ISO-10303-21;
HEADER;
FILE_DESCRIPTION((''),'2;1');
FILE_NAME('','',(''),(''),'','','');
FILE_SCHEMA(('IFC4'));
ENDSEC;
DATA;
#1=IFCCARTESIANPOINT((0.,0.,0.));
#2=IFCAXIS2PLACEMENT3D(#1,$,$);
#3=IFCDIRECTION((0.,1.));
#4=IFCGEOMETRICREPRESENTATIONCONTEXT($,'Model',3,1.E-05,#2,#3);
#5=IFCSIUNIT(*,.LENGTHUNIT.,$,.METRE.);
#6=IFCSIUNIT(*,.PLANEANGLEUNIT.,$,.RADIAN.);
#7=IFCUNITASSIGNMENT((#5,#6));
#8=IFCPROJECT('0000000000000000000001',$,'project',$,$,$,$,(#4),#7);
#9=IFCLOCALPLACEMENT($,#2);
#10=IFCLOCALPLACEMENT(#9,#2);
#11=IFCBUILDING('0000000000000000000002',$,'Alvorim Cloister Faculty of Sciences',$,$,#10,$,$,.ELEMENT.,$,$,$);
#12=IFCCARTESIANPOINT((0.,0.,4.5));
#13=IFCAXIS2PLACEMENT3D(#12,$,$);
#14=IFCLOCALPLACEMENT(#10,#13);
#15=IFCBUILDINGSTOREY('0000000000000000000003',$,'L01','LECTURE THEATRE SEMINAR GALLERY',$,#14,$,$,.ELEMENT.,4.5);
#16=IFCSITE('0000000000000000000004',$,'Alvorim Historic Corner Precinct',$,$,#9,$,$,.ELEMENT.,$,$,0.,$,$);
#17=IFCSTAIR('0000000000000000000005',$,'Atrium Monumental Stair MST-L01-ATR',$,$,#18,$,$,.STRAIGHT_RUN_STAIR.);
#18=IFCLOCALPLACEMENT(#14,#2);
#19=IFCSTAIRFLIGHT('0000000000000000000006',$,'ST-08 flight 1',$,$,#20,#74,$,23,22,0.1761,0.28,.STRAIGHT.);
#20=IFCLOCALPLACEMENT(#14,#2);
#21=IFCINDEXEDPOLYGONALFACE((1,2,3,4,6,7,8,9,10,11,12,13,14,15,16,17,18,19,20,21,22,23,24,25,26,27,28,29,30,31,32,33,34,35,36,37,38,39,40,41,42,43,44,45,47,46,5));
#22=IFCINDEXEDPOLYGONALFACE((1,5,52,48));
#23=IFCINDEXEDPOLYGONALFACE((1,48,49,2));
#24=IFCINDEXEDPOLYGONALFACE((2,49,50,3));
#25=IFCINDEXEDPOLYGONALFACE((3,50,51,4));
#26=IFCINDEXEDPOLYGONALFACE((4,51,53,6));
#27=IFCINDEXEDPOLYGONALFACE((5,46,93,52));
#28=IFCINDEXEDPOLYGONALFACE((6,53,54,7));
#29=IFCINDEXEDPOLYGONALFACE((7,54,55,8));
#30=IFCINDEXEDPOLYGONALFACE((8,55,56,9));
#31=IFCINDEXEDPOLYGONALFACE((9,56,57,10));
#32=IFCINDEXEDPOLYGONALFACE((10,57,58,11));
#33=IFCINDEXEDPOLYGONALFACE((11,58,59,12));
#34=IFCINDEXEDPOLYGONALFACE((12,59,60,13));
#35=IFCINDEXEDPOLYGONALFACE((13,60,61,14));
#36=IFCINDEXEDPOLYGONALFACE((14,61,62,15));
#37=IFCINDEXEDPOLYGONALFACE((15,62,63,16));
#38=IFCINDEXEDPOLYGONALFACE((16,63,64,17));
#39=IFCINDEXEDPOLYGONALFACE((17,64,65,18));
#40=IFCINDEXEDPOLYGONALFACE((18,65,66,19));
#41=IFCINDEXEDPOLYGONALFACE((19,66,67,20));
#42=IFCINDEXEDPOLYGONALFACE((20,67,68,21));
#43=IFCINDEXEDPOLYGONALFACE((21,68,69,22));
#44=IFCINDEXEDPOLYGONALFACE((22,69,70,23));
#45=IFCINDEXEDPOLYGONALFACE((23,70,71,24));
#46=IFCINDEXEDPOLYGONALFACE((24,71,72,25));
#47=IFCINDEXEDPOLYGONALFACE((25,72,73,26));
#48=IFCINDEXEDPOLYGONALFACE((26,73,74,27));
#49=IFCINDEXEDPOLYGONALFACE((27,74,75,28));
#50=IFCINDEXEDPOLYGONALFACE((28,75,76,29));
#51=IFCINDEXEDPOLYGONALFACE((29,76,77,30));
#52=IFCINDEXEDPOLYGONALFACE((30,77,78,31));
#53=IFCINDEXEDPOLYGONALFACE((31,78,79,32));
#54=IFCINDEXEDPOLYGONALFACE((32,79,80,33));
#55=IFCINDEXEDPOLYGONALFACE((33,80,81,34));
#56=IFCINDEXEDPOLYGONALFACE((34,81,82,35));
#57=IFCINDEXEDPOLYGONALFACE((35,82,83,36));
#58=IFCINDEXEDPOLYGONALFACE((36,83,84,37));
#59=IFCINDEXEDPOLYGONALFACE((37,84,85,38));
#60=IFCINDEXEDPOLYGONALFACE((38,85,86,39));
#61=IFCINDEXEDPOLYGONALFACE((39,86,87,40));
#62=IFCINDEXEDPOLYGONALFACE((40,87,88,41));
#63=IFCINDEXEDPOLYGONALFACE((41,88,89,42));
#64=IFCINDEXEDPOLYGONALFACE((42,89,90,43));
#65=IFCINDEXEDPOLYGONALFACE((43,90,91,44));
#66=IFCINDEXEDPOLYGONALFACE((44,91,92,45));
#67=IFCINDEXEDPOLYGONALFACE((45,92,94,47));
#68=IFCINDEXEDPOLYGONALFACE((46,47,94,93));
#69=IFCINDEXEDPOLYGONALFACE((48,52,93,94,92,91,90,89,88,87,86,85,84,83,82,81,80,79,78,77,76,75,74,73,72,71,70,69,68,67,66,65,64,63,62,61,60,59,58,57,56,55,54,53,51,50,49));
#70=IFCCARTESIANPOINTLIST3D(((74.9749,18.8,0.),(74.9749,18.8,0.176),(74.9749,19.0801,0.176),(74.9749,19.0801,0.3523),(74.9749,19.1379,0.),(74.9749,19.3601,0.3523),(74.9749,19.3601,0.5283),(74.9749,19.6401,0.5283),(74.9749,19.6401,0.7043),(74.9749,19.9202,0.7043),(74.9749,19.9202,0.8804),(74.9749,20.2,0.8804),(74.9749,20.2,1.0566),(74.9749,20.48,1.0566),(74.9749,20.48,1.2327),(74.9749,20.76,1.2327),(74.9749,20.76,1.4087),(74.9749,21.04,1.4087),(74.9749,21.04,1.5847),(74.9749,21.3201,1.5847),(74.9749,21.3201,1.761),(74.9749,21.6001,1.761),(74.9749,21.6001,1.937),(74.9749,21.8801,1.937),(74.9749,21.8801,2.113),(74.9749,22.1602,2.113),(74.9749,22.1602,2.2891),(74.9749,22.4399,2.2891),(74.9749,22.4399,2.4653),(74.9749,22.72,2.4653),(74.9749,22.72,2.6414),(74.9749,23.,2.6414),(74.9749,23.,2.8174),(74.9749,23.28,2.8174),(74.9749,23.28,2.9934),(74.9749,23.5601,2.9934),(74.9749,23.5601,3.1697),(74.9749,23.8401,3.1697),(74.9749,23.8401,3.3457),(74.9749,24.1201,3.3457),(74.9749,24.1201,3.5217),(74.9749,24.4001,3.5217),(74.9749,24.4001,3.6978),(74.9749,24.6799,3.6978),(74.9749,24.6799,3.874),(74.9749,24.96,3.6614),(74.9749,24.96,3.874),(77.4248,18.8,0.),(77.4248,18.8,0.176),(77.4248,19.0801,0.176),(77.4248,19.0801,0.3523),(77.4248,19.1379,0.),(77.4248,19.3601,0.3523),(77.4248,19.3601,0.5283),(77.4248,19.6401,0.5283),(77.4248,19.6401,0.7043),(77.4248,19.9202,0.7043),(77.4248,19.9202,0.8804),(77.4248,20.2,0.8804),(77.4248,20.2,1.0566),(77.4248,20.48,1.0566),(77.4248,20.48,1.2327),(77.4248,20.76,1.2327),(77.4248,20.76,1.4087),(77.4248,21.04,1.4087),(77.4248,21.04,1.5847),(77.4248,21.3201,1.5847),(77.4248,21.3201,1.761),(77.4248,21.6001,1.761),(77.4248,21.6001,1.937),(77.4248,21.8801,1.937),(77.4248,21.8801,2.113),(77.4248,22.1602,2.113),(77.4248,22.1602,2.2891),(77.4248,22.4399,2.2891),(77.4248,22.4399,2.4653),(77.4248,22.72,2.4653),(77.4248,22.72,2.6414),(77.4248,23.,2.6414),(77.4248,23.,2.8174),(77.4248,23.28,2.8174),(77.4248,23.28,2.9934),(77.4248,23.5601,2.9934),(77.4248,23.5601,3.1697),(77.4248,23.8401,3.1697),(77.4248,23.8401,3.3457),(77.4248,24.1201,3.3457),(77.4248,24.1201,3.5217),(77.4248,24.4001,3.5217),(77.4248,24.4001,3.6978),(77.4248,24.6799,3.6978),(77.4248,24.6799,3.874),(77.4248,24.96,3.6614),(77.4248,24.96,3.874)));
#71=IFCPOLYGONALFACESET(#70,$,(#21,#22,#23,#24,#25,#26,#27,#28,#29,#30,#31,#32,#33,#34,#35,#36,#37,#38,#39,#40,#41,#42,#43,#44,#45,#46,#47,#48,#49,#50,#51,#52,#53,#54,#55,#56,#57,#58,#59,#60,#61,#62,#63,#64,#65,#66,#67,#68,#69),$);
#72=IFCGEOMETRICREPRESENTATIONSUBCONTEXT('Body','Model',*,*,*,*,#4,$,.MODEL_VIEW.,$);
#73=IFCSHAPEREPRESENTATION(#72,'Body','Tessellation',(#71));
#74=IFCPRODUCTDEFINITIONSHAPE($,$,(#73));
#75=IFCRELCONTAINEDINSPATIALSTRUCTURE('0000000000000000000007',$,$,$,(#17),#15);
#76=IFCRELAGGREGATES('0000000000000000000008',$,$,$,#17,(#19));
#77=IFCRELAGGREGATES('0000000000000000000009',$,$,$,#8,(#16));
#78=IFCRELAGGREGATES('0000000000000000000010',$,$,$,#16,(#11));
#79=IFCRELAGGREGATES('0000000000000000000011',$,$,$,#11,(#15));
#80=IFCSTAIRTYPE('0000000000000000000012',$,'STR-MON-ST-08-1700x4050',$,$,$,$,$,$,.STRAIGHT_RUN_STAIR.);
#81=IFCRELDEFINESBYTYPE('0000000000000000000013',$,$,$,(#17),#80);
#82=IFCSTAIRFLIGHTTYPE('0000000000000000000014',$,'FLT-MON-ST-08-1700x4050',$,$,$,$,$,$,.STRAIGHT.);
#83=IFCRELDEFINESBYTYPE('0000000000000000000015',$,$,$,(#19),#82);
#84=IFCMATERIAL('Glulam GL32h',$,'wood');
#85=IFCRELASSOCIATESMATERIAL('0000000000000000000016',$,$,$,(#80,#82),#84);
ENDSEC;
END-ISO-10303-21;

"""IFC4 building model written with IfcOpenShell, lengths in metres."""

from ifc_helpers import new_model, si_unit, direction, frame, origin, place, context, subcontext, project, spatial, polyline, outline, extrude, material, type_object, element, aggregate, save


model = new_model("IFC4")

# Units and contexts
model_context = context("Model", 3, precision=1e-05, world=origin(), true_north=direction((0.0, 1.0)))
body_context = subcontext(model_context, "Body", "Model", "MODEL_VIEW")
ifc_project = project(units=[si_unit("LENGTHUNIT", "METRE"), si_unit("PLANEANGLEUNIT", "RADIAN")], contexts=[model_context])

# Site, building, storey
site_placement = place(None, origin())
site = spatial("IfcSite", under=ifc_project, at=site_placement, Name="Alvorim Historic Corner Precinct", CompositionType="ELEMENT", RefElevation=0.0)
building_placement = place(site_placement, origin())
building = spatial("IfcBuilding", under=site, at=building_placement, Name="Alvorim Cloister Faculty of Sciences", CompositionType="ELEMENT")
storey_placement = place(building_placement, frame((0.0, 0.0, 4.5)))
storey = spatial("IfcBuildingStorey", under=building, at=storey_placement, Name="L01", Description="LECTURE THEATRE SEMINAR GALLERY", CompositionType="ELEMENT", Elevation=4.5)

# Stair, stair flight
ifc_material_1 = material(Name="Glulam GL32h", Category="wood")
stair_type = type_object("IfcStairType", Name="STR-MON-ST-08-1700x4050", PredefinedType="STRAIGHT_RUN_STAIR", material=ifc_material_1)
stair_placement = place(storey_placement, origin())
stair = element("IfcStair", 1, at=stair_placement, inside=storey, type_object=stair_type, Name="Atrium Monumental Stair MST-L01-ATR", PredefinedType="STRAIGHT_RUN_STAIR")
stair_flight_type = type_object("IfcStairFlightType", Name="FLT-MON-ST-08-1700x4050", PredefinedType="STRAIGHT", material=ifc_material_1)
stair_flight_placement = place(storey_placement, frame((76.2, 18.8, 0.0), z_axis=(0.0, 0.0, 1.0), x_axis=(0.0, 1.0, 0.0)))
stair_flight = element("IfcStairFlight", 2, at=stair_flight_placement, type_object=stair_flight_type, Name="ST-08 flight 1", NumberOfRisers=23, NumberOfTreads=22, PredefinedType="STRAIGHT", RiserHeight=0.1761, TreadLength=0.28, context=body_context, shape_type="SweptSolid", body=[
    extrude(outline(polyline([(0.3379, 0.0), (6.1599, 3.6614), (6.1599, 4.05), (6.1599, 3.874), (5.8799, 3.874), (5.8799, 3.6978), (5.6001, 3.6978), (5.6001, 3.5217), (5.3201, 3.5217), (5.3201, 3.3457), (5.04, 3.3457), (5.04, 3.1697), (4.76, 3.1697), (4.76, 2.9934), (4.48, 2.9934), (4.48, 2.8174), (4.2, 2.8174), (4.2, 2.6414), (3.9199, 2.6414), (3.9199, 2.4653), (3.6399, 2.4653), (3.6399, 2.2891), (3.3601, 2.2891), (3.3601, 2.113), (3.0801, 2.113), (3.0801, 1.937), (2.8, 1.937), (2.8, 1.761), (2.52, 1.761), (2.52, 1.5847), (2.24, 1.5847), (2.24, 1.4087), (1.96, 1.4087), (1.96, 1.2327), (1.6799, 1.2327), (1.6799, 1.0566), (1.3999, 1.0566), (1.3999, 0.8804), (1.1201, 0.8804), (1.1201, 0.7043), (0.8401, 0.7043), (0.8401, 0.5283), (0.5601, 0.5283), (0.5601, 0.3523), (0.28, 0.3523), (0.28, 0.176), (0.0, 0.176), (0.0, 0.0), (0.3379, 0.0)])), frame((0.0, 1.2251, 0.0), z_axis=(0.0, -1.0, 0.0), x_axis=(1.0, 0.0, 0.0)), (0.0, 0.0, 1.0), 2.45),
])
aggregate(stair, [stair_flight])

save(model, "model.ifc")
